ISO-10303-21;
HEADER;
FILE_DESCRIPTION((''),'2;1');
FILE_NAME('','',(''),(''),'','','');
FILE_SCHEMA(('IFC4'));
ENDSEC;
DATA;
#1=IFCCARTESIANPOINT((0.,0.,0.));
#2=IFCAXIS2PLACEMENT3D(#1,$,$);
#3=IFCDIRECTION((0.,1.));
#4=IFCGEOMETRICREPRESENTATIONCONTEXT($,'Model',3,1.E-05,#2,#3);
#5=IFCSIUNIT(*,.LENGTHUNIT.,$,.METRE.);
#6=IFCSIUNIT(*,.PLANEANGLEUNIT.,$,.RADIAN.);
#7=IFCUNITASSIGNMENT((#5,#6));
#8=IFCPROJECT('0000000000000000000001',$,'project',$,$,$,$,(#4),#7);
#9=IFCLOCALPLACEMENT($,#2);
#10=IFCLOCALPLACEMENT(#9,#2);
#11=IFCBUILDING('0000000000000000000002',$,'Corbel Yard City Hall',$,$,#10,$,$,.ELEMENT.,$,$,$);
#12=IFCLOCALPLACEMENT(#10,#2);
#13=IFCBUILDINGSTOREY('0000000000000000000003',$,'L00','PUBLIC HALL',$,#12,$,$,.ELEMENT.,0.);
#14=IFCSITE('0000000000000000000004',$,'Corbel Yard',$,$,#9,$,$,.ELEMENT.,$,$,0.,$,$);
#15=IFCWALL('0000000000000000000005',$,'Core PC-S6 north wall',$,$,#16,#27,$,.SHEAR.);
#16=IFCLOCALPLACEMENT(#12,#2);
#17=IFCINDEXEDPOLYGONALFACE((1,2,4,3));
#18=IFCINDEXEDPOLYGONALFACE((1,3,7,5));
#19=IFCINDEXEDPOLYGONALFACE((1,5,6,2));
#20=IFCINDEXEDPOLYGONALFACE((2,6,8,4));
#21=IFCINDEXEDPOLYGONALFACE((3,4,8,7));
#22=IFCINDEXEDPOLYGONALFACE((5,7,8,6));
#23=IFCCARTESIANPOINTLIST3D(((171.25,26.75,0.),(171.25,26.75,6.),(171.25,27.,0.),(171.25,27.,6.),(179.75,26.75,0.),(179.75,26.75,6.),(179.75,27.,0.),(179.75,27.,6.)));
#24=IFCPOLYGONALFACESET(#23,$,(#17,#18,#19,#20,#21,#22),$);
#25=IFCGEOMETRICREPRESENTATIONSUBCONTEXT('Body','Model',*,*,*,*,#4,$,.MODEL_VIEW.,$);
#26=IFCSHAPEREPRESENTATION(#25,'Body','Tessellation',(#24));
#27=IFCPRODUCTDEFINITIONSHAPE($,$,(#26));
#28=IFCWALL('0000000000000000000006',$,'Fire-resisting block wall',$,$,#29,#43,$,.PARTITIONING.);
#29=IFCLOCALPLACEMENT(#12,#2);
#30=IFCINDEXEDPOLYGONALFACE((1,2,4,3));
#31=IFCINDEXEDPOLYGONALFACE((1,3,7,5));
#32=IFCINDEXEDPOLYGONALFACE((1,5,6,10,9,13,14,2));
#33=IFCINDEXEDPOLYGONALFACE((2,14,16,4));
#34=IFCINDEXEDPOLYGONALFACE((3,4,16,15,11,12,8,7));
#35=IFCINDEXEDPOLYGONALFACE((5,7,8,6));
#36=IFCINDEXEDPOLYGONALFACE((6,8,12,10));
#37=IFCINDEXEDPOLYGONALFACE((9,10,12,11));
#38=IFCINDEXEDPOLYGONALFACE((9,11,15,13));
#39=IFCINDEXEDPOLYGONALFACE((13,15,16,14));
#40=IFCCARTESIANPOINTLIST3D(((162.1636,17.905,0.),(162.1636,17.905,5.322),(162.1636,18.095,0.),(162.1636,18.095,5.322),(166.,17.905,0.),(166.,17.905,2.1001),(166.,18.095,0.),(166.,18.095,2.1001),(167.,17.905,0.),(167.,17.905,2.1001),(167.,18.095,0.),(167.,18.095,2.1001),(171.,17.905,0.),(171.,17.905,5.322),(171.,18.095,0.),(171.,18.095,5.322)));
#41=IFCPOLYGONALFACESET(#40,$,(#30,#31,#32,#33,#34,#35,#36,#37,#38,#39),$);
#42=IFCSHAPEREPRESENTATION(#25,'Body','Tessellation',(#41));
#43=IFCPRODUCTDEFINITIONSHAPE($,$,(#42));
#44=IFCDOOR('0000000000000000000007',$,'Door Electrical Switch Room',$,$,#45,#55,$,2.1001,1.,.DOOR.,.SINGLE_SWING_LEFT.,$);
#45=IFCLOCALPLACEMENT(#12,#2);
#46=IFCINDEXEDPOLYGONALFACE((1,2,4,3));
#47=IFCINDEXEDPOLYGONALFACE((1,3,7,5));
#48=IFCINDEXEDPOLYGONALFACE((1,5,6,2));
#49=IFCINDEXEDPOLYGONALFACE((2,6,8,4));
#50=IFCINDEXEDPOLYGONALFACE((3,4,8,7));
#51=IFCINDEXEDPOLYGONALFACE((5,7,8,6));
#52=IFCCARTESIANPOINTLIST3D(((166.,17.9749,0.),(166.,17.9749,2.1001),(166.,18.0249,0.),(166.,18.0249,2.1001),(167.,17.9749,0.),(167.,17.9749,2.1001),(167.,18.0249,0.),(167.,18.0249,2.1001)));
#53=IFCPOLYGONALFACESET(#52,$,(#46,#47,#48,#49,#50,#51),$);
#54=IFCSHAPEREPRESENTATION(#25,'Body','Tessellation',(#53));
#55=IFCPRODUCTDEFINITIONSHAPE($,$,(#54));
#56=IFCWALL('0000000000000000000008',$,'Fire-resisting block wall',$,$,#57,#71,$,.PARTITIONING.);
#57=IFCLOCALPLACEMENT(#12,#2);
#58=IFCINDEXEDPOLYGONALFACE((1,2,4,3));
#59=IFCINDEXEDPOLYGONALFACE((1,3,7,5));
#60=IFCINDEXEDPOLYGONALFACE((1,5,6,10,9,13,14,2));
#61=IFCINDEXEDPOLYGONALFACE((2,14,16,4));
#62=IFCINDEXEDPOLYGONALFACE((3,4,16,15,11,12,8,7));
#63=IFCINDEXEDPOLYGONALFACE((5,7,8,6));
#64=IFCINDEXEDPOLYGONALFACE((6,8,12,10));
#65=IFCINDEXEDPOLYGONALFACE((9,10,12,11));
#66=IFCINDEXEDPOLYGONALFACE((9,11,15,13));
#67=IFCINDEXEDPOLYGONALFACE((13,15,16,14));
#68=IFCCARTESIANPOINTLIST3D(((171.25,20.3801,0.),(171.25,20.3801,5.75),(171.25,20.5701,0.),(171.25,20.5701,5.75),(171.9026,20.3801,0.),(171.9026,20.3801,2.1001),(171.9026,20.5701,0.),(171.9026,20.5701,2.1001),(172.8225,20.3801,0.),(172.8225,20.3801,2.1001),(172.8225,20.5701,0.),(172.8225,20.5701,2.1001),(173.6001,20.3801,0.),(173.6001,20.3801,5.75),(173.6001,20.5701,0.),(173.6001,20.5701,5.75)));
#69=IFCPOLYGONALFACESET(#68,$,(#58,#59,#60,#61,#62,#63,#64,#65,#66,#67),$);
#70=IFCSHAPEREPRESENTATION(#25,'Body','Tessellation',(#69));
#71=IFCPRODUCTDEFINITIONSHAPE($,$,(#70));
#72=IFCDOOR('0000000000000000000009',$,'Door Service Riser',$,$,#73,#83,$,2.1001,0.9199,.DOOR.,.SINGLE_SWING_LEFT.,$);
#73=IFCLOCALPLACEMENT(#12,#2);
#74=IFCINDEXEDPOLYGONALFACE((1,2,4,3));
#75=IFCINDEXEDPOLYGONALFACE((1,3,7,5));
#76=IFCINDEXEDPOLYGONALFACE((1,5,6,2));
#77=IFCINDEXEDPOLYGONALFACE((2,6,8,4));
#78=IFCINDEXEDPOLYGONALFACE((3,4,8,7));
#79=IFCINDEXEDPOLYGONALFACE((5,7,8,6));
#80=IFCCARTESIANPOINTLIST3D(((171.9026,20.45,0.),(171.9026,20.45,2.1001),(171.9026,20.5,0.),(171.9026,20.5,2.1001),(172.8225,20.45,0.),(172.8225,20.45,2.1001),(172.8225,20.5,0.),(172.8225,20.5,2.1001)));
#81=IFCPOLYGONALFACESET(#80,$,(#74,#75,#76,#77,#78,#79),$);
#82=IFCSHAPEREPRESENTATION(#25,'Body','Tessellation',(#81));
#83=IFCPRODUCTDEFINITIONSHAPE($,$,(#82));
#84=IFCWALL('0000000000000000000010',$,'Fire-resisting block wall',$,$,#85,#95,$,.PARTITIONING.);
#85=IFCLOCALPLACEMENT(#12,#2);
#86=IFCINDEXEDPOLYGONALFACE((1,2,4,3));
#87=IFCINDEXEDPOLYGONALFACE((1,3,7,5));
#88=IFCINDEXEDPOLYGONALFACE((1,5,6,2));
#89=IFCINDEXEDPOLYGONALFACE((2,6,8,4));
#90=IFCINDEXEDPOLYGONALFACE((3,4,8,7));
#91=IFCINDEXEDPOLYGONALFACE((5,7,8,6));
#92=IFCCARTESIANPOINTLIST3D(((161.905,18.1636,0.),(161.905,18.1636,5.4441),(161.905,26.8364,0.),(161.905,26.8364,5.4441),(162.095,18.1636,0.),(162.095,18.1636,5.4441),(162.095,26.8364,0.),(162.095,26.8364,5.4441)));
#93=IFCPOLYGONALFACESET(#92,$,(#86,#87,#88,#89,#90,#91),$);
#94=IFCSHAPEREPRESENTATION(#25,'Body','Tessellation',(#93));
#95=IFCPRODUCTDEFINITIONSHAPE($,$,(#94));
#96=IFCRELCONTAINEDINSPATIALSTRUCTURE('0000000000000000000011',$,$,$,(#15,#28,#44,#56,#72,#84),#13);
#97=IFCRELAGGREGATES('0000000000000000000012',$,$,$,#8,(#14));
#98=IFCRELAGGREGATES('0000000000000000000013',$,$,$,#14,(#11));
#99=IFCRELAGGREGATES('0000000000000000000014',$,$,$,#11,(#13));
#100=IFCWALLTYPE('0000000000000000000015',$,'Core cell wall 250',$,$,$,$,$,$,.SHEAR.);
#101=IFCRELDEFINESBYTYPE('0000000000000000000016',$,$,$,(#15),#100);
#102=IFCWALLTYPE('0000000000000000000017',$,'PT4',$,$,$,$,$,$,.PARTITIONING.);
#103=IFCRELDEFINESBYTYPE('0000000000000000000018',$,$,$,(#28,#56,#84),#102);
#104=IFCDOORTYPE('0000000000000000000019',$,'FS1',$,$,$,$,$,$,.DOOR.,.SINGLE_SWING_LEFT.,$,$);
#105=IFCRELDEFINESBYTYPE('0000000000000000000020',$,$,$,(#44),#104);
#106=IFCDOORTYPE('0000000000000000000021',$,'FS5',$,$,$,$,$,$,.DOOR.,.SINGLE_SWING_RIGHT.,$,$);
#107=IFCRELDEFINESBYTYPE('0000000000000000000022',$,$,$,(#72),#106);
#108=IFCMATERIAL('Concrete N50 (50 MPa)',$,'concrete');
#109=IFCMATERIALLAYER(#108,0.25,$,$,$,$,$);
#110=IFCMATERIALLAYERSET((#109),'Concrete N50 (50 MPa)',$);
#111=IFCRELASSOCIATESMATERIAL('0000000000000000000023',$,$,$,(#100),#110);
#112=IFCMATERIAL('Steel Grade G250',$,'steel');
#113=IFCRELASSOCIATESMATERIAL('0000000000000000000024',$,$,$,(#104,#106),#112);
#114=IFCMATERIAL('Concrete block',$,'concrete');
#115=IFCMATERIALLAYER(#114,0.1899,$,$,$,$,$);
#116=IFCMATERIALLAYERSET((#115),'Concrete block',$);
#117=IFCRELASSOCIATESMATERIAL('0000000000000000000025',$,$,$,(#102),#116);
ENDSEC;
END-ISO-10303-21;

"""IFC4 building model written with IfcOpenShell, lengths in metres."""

from ifc_helpers import new_model, si_unit, direction, frame, frame_2d, origin, place, context, subcontext, project, spatial, rectangle, extrude, material, layer, layer_set, type_object, element, fill, save


model = new_model("IFC4")

# Units and contexts
model_context = context("Model", 3, precision=1e-05, world=origin(), true_north=direction((0.0, 1.0)))
body_context = subcontext(model_context, "Body", "Model", "MODEL_VIEW")
ifc_project = project(units=[si_unit("LENGTHUNIT", "METRE"), si_unit("PLANEANGLEUNIT", "RADIAN")], contexts=[model_context])

# Site, building, storey
site_placement = place(None, origin())
site = spatial("IfcSite", under=ifc_project, at=site_placement, Name="Corbel Yard", CompositionType="ELEMENT", RefElevation=0.0)
building_placement = place(site_placement, origin())
building = spatial("IfcBuilding", under=site, at=building_placement, Name="Corbel Yard City Hall", CompositionType="ELEMENT")
storey_placement = place(building_placement, origin())
storey = spatial("IfcBuildingStorey", under=building, at=storey_placement, Name="L00", Description="PUBLIC HALL", CompositionType="ELEMENT", Elevation=0.0)

# Shared definitions
ifc_material_1 = material(Name="Concrete N50 (50 MPa)", Category="concrete")
ifc_layer_1 = layer(ifc_material_1, 0.25)
ifc_layer_set_1 = layer_set([ifc_layer_1], Name="Concrete N50 (50 MPa)")
wall_type_1 = type_object("IfcWallType", Name="Core cell wall 250", PredefinedType="SHEAR", material=ifc_layer_set_1)

# Shared definitions
ifc_material_2 = material(Name="Steel Grade G250", Category="steel")
door_type_1 = type_object("IfcDoorType", Name="FS1", OperationType="SINGLE_SWING_LEFT", PredefinedType="DOOR", material=ifc_material_2)

# Wall
wall_1_placement = place(storey_placement, frame((171.25, 26.875, 0.0), z_axis=(0.0, 0.0, 1.0), x_axis=(1.0, 0.0, 0.0)))
element("IfcWall", 1, at=wall_1_placement, inside=storey, type_object=wall_type_1, Name="Core PC-S6 north wall", PredefinedType="SHEAR", context=body_context, shape_type="SweptSolid", body=[
    extrude(rectangle(XDim=8.5, YDim=0.25, at=frame_2d((4.25, 0.0))), origin(), (0.0, 0.0, 1.0), 6.0),
])

# Walls, openings, doors
ifc_material_3 = material(Name="Concrete block", Category="concrete")
ifc_layer_2 = layer(ifc_material_3, 0.1899)
ifc_layer_set_2 = layer_set([ifc_layer_2], Name="Concrete block")
wall_type_2 = type_object("IfcWallType", Name="PT4", PredefinedType="PARTITIONING", material=ifc_layer_set_2)
wall_2_placement = place(storey_placement, frame((162.1636, 18.0, 0.0), z_axis=(0.0, 0.0, 1.0), x_axis=(1.0, 0.0, 0.0)))
wall_2 = element("IfcWall", 2, at=wall_2_placement, inside=storey, type_object=wall_type_2, Name="Fire-resisting block wall", PredefinedType="PARTITIONING", context=body_context, shape_type="SweptSolid", body=[
    extrude(rectangle(XDim=8.8364, YDim=0.1899, at=frame_2d((4.4182, 0.0))), origin(), (0.0, 0.0, 1.0), 5.322),
])
opening_1_placement = place(wall_2_placement, frame((3.8364, 0.0, 0.0)))
opening_1 = element("IfcOpeningElement", 3, at=opening_1_placement, cuts=wall_2, PredefinedType="OPENING", context=body_context, shape_type="SweptSolid", body=[
    extrude(rectangle(XDim=1.0, YDim=2.1001, at=frame_2d((0.5, 1.05))), frame((0.0, 0.105, 0.0), z_axis=(0.0, -1.0, 0.0), x_axis=(1.0, 0.0, 0.0)), (0.0, 0.0, 1.0), 0.21),
])
door_1_placement = place(opening_1_placement, origin())
door_1 = element("IfcDoor", 4, at=door_1_placement, inside=storey, type_object=door_type_1, Name="Door Electrical Switch Room", OperationType="SINGLE_SWING_LEFT", OverallHeight=2.1001, OverallWidth=1.0, PredefinedType="DOOR", context=body_context, shape_type="SweptSolid", body=[
    extrude(rectangle(XDim=1.0, YDim=2.1001, at=frame_2d((0.5, 1.05))), frame((0.0, 0.0249, 0.0), z_axis=(0.0, -1.0, 0.0), x_axis=(1.0, 0.0, 0.0)), (0.0, 0.0, 1.0), 0.05),
])
fill(opening_1, door_1)
wall_3_placement = place(storey_placement, frame((171.25, 20.4751, 0.0), z_axis=(0.0, 0.0, 1.0), x_axis=(1.0, 0.0, 0.0)))
wall_3 = element("IfcWall", 5, at=wall_3_placement, inside=storey, type_object=wall_type_2, Name="Fire-resisting block wall", PredefinedType="PARTITIONING", context=body_context, shape_type="SweptSolid", body=[
    extrude(rectangle(XDim=2.3501, YDim=0.1899, at=frame_2d((1.175, 0.0))), origin(), (0.0, 0.0, 1.0), 5.75),
])
opening_2_placement = place(wall_3_placement, frame((0.6526, 0.0, 0.0)))
opening_2 = element("IfcOpeningElement", 6, at=opening_2_placement, cuts=wall_3, PredefinedType="OPENING", context=body_context, shape_type="SweptSolid", body=[
    extrude(rectangle(XDim=0.9199, YDim=2.1001, at=frame_2d((0.46, 1.05))), frame((0.0, 0.105, 0.0), z_axis=(0.0, -1.0, 0.0), x_axis=(1.0, 0.0, 0.0)), (0.0, 0.0, 1.0), 0.21),
])
door_type_2 = type_object("IfcDoorType", Name="FS5", OperationType="SINGLE_SWING_RIGHT", PredefinedType="DOOR", material=ifc_material_2)
door_2_placement = place(opening_2_placement, origin())
door_2 = element("IfcDoor", 7, at=door_2_placement, inside=storey, type_object=door_type_2, Name="Door Service Riser", OperationType="SINGLE_SWING_LEFT", OverallHeight=2.1001, OverallWidth=0.9199, PredefinedType="DOOR", context=body_context, shape_type="SweptSolid", body=[
    extrude(rectangle(XDim=0.9199, YDim=2.1001, at=frame_2d((0.46, 1.05))), frame((0.0, 0.0249, 0.0), z_axis=(0.0, -1.0, 0.0), x_axis=(1.0, 0.0, 0.0)), (0.0, 0.0, 1.0), 0.05),
])
fill(opening_2, door_2)

# Wall
wall_4_placement = place(storey_placement, frame((162.0, 18.1636, 0.0), z_axis=(0.0, 0.0, 1.0), x_axis=(0.0, 1.0, 0.0)))
element("IfcWall", 8, at=wall_4_placement, inside=storey, type_object=wall_type_2, Name="Fire-resisting block wall", PredefinedType="PARTITIONING", context=body_context, shape_type="SweptSolid", body=[
    extrude(rectangle(XDim=8.6729, YDim=0.1899, at=frame_2d((4.3364, 0.0))), origin(), (0.0, 0.0, 1.0), 5.4441),
])

save(model, "model.ifc")
